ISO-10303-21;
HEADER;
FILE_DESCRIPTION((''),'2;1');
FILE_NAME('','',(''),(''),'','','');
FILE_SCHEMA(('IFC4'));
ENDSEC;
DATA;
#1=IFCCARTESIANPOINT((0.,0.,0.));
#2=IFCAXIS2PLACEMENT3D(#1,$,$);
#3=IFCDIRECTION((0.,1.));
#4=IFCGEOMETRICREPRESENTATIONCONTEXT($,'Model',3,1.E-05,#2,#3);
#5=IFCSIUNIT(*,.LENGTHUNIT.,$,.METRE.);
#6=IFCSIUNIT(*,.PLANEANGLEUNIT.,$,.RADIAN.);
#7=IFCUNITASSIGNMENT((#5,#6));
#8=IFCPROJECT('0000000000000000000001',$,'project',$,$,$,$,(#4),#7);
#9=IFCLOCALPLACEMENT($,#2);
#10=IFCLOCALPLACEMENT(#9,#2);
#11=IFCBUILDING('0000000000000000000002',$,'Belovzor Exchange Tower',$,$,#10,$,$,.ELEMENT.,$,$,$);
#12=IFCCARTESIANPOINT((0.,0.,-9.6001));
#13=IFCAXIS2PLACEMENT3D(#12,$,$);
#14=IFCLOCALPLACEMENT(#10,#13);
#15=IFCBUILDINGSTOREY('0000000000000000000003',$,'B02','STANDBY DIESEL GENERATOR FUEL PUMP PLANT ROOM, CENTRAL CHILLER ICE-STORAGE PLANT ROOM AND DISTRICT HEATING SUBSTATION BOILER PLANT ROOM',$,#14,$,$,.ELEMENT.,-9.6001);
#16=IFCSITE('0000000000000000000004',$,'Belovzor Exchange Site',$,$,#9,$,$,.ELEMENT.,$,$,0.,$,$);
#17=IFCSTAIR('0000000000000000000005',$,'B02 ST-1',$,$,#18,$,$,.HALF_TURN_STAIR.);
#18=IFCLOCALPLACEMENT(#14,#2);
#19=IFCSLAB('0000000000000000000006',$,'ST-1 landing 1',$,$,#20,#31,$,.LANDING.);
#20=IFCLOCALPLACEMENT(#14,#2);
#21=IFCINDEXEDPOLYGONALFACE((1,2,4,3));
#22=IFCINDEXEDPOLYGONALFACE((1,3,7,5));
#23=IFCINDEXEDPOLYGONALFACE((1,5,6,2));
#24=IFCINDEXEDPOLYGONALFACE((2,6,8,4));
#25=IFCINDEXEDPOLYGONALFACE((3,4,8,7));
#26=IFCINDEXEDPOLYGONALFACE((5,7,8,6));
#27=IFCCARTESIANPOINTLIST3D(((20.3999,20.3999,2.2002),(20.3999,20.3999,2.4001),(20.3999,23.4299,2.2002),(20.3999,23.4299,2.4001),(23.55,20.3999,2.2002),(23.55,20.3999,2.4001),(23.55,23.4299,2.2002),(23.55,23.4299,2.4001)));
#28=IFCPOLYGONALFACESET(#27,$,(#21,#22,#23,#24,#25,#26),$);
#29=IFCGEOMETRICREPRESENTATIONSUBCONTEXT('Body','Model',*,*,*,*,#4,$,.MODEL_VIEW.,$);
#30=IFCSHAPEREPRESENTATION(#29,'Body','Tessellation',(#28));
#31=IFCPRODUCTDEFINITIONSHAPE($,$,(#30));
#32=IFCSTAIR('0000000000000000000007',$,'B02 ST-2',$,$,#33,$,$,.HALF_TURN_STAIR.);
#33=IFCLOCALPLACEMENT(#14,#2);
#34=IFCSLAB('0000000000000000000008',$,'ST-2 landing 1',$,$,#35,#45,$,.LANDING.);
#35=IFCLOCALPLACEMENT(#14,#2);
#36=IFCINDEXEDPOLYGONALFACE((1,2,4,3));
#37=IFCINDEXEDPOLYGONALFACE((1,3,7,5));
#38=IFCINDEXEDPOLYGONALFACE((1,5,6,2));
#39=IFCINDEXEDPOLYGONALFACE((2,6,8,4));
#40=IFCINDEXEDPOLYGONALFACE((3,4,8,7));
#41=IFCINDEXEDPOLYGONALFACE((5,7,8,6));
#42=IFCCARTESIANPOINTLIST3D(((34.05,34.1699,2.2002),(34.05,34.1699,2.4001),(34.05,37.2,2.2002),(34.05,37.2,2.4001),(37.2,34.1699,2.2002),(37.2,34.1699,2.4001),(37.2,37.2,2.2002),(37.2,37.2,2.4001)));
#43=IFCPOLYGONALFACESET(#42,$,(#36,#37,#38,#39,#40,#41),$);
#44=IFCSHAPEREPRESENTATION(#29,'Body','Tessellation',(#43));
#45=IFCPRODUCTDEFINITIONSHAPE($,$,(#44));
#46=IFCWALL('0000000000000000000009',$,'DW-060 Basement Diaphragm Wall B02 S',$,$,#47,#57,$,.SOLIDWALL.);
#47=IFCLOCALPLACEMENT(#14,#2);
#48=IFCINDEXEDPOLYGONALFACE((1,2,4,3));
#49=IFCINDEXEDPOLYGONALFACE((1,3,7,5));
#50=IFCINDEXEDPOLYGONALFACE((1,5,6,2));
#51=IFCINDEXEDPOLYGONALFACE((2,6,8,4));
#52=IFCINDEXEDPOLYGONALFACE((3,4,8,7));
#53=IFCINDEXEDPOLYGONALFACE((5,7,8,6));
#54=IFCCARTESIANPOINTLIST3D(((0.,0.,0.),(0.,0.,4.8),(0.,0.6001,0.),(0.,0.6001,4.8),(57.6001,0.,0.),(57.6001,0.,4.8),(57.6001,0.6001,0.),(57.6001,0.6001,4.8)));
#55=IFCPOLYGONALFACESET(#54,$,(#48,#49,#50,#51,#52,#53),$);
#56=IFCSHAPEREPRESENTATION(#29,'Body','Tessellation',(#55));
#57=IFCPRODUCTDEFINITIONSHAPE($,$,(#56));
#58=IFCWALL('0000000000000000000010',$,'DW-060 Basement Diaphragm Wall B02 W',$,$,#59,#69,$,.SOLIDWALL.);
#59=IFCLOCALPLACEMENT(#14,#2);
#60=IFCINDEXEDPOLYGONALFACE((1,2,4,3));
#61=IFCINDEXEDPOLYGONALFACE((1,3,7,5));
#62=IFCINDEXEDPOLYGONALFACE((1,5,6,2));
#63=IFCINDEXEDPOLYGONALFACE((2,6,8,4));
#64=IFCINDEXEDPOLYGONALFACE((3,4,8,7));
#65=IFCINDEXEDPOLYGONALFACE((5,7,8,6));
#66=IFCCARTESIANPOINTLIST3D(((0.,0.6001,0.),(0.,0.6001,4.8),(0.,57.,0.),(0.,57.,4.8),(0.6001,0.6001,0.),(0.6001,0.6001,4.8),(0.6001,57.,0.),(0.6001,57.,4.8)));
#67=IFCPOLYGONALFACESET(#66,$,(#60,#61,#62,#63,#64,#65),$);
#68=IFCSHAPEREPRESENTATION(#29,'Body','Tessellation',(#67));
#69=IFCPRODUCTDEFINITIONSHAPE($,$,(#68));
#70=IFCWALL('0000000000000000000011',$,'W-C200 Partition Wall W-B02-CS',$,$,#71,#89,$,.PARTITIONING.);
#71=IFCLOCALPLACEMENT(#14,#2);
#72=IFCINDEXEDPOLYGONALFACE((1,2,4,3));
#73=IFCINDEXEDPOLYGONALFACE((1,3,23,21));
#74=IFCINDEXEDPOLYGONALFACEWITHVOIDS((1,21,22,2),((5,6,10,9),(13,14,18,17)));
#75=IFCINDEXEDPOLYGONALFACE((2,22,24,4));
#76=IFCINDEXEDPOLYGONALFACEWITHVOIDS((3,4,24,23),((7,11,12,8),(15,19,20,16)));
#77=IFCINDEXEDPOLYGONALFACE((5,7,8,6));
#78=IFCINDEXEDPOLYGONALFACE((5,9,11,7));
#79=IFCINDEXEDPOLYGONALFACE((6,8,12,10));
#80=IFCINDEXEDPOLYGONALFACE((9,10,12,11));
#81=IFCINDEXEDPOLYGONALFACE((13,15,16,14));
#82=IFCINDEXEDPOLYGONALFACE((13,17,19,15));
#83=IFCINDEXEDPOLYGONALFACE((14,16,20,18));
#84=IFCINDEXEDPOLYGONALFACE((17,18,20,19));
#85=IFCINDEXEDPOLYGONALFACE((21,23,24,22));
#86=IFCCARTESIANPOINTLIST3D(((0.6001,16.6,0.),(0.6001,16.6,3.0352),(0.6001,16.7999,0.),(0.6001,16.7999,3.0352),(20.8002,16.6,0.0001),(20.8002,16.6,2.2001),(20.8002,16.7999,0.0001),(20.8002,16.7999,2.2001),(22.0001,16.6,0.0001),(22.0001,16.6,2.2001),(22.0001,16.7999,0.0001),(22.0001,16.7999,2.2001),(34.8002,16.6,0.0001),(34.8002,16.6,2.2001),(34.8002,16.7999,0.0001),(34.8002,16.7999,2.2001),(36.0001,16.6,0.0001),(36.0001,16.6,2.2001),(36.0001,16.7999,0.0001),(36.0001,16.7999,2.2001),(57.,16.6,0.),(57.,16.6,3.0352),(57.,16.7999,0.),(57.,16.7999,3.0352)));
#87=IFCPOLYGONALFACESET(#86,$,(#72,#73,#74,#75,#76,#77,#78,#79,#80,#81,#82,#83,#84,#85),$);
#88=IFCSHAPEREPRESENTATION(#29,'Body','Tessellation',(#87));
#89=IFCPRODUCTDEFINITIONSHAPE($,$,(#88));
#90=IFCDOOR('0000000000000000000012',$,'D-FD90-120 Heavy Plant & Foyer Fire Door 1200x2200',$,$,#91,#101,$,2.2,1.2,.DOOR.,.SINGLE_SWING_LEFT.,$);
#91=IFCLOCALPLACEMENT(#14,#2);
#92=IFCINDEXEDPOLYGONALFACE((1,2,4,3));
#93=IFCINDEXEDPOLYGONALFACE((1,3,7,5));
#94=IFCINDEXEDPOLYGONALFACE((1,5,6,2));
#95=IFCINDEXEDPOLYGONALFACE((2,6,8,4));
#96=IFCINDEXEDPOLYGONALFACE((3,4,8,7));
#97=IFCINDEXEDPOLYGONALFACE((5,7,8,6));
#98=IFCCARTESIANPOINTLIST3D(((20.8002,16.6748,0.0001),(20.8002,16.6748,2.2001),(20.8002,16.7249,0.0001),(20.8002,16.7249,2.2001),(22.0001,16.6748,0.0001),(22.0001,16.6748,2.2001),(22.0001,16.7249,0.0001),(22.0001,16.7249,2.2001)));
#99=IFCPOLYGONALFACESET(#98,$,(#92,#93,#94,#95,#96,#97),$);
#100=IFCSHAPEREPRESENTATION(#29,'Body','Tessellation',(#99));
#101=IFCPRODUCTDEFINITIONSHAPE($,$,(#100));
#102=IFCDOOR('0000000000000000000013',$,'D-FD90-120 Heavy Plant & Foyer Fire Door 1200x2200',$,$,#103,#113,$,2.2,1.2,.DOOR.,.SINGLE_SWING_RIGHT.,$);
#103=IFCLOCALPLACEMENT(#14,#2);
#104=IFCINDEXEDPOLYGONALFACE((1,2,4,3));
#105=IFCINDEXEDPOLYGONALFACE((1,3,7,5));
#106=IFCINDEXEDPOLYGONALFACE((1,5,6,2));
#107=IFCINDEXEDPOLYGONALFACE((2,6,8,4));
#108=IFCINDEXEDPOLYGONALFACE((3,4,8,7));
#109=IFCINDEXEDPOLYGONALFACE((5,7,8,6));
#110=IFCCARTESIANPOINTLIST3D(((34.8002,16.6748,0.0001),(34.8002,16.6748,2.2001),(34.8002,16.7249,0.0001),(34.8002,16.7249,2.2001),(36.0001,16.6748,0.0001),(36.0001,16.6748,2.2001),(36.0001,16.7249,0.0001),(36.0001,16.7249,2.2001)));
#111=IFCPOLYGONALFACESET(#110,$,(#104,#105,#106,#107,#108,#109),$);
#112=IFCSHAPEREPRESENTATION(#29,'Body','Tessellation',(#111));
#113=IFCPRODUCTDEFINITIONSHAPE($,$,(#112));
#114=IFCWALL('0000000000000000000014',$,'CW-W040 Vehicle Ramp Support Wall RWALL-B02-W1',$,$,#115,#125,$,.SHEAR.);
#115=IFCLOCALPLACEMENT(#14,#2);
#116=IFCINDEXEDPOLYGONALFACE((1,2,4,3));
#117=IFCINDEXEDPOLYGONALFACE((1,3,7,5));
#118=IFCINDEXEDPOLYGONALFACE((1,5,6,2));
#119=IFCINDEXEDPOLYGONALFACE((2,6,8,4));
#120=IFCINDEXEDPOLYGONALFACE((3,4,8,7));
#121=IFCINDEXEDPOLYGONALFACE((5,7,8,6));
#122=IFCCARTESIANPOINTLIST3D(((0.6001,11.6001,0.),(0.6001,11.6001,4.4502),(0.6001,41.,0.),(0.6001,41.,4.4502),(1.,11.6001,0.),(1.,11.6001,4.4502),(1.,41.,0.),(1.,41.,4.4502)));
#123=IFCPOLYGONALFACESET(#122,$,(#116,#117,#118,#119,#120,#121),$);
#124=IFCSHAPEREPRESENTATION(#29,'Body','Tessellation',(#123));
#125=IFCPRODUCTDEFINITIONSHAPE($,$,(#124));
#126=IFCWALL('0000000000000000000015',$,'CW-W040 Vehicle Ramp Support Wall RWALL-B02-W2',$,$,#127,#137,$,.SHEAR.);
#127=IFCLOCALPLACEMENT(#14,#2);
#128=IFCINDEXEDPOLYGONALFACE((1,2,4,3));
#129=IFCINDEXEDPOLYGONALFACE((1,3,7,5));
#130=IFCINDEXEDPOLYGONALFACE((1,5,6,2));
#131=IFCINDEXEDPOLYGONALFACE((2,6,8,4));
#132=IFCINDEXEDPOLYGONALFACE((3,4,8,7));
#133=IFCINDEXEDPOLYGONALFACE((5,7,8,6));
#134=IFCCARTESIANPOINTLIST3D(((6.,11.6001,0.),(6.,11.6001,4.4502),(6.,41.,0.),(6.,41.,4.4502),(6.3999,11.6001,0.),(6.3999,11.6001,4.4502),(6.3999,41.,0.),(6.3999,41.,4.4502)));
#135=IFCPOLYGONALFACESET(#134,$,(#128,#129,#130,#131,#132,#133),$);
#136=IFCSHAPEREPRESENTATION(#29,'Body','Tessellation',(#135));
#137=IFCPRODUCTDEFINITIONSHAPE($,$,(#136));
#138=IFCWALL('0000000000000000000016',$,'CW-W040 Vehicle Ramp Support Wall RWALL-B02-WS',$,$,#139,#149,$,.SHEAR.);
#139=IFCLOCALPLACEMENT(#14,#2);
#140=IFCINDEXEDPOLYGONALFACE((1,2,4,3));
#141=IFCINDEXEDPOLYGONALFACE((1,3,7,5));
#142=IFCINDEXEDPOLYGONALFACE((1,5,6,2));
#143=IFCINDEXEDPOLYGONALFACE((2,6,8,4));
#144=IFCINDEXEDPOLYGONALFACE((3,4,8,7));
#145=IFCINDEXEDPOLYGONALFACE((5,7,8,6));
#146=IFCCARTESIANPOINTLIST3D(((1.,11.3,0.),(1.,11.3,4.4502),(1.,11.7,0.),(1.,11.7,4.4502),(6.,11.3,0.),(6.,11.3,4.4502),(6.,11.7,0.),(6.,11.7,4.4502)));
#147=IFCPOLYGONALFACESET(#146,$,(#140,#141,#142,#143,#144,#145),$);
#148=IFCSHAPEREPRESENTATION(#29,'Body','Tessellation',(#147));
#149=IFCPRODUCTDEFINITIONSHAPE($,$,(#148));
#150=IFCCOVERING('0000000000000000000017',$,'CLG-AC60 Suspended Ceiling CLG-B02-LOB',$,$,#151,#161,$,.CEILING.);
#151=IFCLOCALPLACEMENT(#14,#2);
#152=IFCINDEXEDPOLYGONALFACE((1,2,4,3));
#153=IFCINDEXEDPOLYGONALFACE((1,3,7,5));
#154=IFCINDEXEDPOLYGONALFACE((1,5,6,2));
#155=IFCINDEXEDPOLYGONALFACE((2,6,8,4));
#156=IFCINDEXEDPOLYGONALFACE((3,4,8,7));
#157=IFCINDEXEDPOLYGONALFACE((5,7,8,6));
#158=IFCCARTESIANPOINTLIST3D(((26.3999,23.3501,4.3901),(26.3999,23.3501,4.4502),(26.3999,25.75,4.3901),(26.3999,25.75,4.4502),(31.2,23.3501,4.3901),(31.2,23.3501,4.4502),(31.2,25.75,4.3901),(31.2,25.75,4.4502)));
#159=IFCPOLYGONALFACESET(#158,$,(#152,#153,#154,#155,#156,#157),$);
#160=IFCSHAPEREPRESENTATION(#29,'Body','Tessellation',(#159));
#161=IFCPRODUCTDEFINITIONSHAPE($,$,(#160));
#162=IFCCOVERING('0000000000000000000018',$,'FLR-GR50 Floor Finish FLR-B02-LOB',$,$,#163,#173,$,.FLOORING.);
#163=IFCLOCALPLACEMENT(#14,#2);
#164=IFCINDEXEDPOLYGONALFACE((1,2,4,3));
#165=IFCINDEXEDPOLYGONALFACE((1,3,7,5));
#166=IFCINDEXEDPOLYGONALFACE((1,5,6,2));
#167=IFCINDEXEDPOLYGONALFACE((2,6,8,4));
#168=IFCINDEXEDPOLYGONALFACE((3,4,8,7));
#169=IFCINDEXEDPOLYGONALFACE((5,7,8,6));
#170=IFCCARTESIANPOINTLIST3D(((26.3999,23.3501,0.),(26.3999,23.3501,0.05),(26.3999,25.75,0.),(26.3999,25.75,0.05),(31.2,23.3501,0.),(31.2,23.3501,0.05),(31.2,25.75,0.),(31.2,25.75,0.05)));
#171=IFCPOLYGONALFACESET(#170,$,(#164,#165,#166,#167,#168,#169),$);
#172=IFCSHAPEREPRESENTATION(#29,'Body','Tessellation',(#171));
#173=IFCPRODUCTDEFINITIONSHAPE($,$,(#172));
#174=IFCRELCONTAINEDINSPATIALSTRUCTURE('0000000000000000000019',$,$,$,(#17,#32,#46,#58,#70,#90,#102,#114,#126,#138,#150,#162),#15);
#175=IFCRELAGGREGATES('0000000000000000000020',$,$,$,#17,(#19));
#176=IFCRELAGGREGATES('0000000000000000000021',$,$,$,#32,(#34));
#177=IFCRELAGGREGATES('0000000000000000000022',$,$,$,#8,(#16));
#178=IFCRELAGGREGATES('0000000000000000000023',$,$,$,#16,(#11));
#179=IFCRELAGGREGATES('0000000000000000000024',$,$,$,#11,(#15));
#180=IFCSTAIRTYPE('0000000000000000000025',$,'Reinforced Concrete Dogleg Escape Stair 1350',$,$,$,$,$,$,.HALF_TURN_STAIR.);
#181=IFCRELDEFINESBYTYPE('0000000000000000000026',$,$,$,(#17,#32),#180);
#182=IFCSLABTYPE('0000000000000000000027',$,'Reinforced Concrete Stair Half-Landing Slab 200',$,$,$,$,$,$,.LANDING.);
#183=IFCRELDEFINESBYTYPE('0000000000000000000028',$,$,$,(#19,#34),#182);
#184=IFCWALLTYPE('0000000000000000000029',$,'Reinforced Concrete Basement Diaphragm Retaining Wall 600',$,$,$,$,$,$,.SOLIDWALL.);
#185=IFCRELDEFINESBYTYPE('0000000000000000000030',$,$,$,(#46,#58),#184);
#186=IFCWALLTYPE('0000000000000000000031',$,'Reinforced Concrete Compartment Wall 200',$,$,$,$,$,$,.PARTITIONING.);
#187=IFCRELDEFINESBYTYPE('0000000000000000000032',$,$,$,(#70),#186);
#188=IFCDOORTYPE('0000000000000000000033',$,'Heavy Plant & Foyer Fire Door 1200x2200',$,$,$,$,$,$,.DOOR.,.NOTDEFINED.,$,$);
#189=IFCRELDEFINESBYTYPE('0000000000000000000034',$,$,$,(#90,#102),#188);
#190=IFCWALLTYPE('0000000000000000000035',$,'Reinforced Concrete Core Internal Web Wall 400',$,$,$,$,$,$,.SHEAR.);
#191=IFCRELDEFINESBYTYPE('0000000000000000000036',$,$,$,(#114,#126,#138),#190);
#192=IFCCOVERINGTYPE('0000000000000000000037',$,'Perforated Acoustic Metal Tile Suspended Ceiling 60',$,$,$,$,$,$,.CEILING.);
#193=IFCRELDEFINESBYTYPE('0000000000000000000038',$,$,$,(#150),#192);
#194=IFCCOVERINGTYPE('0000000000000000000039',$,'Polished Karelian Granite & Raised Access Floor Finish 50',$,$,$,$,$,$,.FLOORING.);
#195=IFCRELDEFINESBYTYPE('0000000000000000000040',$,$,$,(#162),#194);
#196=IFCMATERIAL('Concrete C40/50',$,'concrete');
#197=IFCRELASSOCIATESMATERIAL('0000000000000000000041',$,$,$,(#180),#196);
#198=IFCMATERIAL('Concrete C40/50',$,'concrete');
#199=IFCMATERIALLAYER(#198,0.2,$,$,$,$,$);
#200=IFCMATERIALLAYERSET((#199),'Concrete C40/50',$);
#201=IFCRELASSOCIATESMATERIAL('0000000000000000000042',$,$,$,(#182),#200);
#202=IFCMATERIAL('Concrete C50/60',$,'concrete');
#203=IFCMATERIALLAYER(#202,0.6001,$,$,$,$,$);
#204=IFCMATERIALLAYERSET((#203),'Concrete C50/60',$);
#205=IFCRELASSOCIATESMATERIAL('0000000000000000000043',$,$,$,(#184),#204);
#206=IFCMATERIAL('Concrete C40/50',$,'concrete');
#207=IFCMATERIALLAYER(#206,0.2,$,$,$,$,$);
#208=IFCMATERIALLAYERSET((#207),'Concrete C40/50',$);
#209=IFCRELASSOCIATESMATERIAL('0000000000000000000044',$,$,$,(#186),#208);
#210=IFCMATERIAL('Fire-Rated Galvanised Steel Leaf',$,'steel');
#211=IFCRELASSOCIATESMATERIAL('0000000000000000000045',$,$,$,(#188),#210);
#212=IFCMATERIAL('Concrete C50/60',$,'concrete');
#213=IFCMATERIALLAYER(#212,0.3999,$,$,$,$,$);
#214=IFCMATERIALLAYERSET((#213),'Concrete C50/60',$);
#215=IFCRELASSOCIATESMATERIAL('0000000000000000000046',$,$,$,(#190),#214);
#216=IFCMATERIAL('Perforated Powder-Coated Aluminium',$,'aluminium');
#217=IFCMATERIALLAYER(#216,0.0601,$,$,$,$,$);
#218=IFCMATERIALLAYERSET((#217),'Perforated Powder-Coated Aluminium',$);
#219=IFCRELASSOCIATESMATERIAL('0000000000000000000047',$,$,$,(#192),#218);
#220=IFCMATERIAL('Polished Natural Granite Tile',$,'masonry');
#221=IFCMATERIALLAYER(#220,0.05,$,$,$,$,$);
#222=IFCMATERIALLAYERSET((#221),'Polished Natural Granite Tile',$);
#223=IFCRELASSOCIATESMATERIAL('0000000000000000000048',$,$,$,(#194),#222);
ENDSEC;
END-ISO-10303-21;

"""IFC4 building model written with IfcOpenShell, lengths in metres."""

from ifc_helpers import new_model, si_unit, direction, frame, frame_2d, origin, place, context, subcontext, project, spatial, polyline, rectangle, outline, extrude, material, layer, layer_set, type_object, element, fill, aggregate, save


model = new_model("IFC4")

# Units and contexts
model_context = context("Model", 3, precision=1e-05, world=origin(), true_north=direction((0.0, 1.0)))
body_context = subcontext(model_context, "Body", "Model", "MODEL_VIEW")
ifc_project = project(units=[si_unit("LENGTHUNIT", "METRE"), si_unit("PLANEANGLEUNIT", "RADIAN")], contexts=[model_context])

# Site, building, storey
site_placement = place(None, origin())
site = spatial("IfcSite", under=ifc_project, at=site_placement, Name="Belovzor Exchange Site", CompositionType="ELEMENT", RefElevation=0.0)
building_placement = place(site_placement, origin())
building = spatial("IfcBuilding", under=site, at=building_placement, Name="Belovzor Exchange Tower", CompositionType="ELEMENT")
storey_placement = place(building_placement, frame((0.0, 0.0, -9.6001)))
storey = spatial("IfcBuildingStorey", under=building, at=storey_placement, Name="B02", Description="STANDBY DIESEL GENERATOR FUEL PUMP PLANT ROOM, CENTRAL CHILLER ICE-STORAGE PLANT ROOM AND DISTRICT HEATING SUBSTATION BOILER PLANT ROOM", CompositionType="ELEMENT", Elevation=-9.6001)

# Stairs, slabs
ifc_material_1 = material(Name="Concrete C40/50", Category="concrete")
stair_type = type_object("IfcStairType", Name="Reinforced Concrete Dogleg Escape Stair 1350", PredefinedType="HALF_TURN_STAIR", material=ifc_material_1)
stair_1_placement = place(storey_placement, origin())
stair_1 = element("IfcStair", 1, at=stair_1_placement, inside=storey, type_object=stair_type, Name="B02 ST-1", PredefinedType="HALF_TURN_STAIR")
ifc_material_2 = material(Name="Concrete C40/50", Category="concrete")
ifc_layer_1 = layer(ifc_material_2, 0.2)
ifc_layer_set_1 = layer_set([ifc_layer_1], Name="Concrete C40/50")
slab_type_1 = type_object("IfcSlabType", Name="Reinforced Concrete Stair Half-Landing Slab 200", PredefinedType="LANDING", material=ifc_layer_set_1)
slab_1_placement = place(storey_placement, frame((0.0, 0.0, 2.2002)))
slab_1 = element("IfcSlab", 2, at=slab_1_placement, type_object=slab_type_1, Name="ST-1 landing 1", PredefinedType="LANDING", context=body_context, shape_type="SweptSolid", body=[
    extrude(outline(polyline([(20.3999, 23.4299), (20.3999, 20.3999), (23.55, 20.3999), (23.55, 23.4299), (20.3999, 23.4299)])), origin(), (0.0, 0.0, 1.0), 0.2),
])
aggregate(stair_1, [slab_1])
stair_2_placement = place(storey_placement, origin())
stair_2 = element("IfcStair", 3, at=stair_2_placement, inside=storey, type_object=stair_type, Name="B02 ST-2", PredefinedType="HALF_TURN_STAIR")
slab_2_placement = place(storey_placement, frame((0.0, 0.0, 2.2002)))
slab_2 = element("IfcSlab", 4, at=slab_2_placement, type_object=slab_type_1, Name="ST-2 landing 1", PredefinedType="LANDING", context=body_context, shape_type="SweptSolid", body=[
    extrude(outline(polyline([(37.2, 34.1699), (37.2, 37.2), (34.05, 37.2), (34.05, 34.1699), (37.2, 34.1699)])), origin(), (0.0, 0.0, 1.0), 0.2),
])
aggregate(stair_2, [slab_2])

# Walls
ifc_material_3 = material(Name="Concrete C50/60", Category="concrete")
ifc_layer_2 = layer(ifc_material_3, 0.6001)
ifc_layer_set_2 = layer_set([ifc_layer_2], Name="Concrete C50/60")
wall_type_1 = type_object("IfcWallType", Name="Reinforced Concrete Basement Diaphragm Retaining Wall 600", PredefinedType="SOLIDWALL", material=ifc_layer_set_2)
wall_1_placement = place(storey_placement, frame((0.0, 0.3, 0.0), z_axis=(0.0, 0.0, 1.0), x_axis=(1.0, 0.0, 0.0)))
element("IfcWall", 5, at=wall_1_placement, inside=storey, type_object=wall_type_1, Name="DW-060 Basement Diaphragm Wall B02 S", PredefinedType="SOLIDWALL", context=body_context, shape_type="SweptSolid", body=[
    extrude(rectangle(XDim=57.6001, YDim=0.6001, at=frame_2d((28.8, 0.0))), origin(), (0.0, 0.0, 1.0), 4.8),
])
wall_2_placement = place(storey_placement, frame((0.3, 0.6001, 0.0), z_axis=(0.0, 0.0, 1.0), x_axis=(0.0, 1.0, 0.0)))
element("IfcWall", 6, at=wall_2_placement, inside=storey, type_object=wall_type_1, Name="DW-060 Basement Diaphragm Wall B02 W", PredefinedType="SOLIDWALL", context=body_context, shape_type="SweptSolid", body=[
    extrude(rectangle(XDim=56.3999, YDim=0.6001, at=frame_2d((28.2, 0.0))), origin(), (0.0, 0.0, 1.0), 4.8),
])

# Wall, openings, doors
ifc_material_4 = material(Name="Concrete C40/50", Category="concrete")
ifc_layer_3 = layer(ifc_material_4, 0.2)
ifc_layer_set_3 = layer_set([ifc_layer_3], Name="Concrete C40/50")
wall_type_2 = type_object("IfcWallType", Name="Reinforced Concrete Compartment Wall 200", PredefinedType="PARTITIONING", material=ifc_layer_set_3)
wall_3_placement = place(storey_placement, frame((0.6001, 16.7, 0.0), z_axis=(0.0, 0.0, 1.0), x_axis=(1.0, 0.0, 0.0)))
wall_3 = element("IfcWall", 7, at=wall_3_placement, inside=storey, type_object=wall_type_2, Name="W-C200 Partition Wall W-B02-CS", PredefinedType="PARTITIONING", context=body_context, shape_type="SweptSolid", body=[
    extrude(rectangle(XDim=56.3999, YDim=0.2, at=frame_2d((28.2, 0.0))), origin(), (0.0, 0.0, 1.0), 3.0352),
])
opening_1_placement = place(wall_3_placement, frame((20.2, 0.0, 0.0)))
opening_1 = element("IfcOpeningElement", 8, at=opening_1_placement, cuts=wall_3, PredefinedType="OPENING", context=body_context, shape_type="SweptSolid", body=[
    extrude(rectangle(XDim=1.2, YDim=2.2, at=frame_2d((0.6001, 1.1001))), frame((0.0, 0.1099, 0.0), z_axis=(0.0, -1.0, 0.0), x_axis=(1.0, 0.0, 0.0)), (0.0, 0.0, 1.0), 0.22),
])
opening_2_placement = place(wall_3_placement, frame((34.2, 0.0, 0.0)))
opening_2 = element("IfcOpeningElement", 9, at=opening_2_placement, cuts=wall_3, PredefinedType="OPENING", context=body_context, shape_type="SweptSolid", body=[
    extrude(rectangle(XDim=1.2, YDim=2.2, at=frame_2d((0.6001, 1.1001))), frame((0.0, 0.1099, 0.0), z_axis=(0.0, -1.0, 0.0), x_axis=(1.0, 0.0, 0.0)), (0.0, 0.0, 1.0), 0.22),
])
ifc_material_5 = material(Name="Fire-Rated Galvanised Steel Leaf", Category="steel")
door_type = type_object("IfcDoorType", Name="Heavy Plant & Foyer Fire Door 1200x2200", OperationType="NOTDEFINED", PredefinedType="DOOR", material=ifc_material_5)
door_1_placement = place(opening_1_placement, origin())
door_1 = element("IfcDoor", 10, at=door_1_placement, inside=storey, type_object=door_type, Name="D-FD90-120 Heavy Plant & Foyer Fire Door 1200x2200", OperationType="SINGLE_SWING_LEFT", OverallHeight=2.2, OverallWidth=1.2, PredefinedType="DOOR", context=body_context, shape_type="SweptSolid", body=[
    extrude(rectangle(XDim=1.2, YDim=2.2, at=frame_2d((0.6001, 1.1001))), frame((0.0, 0.0249, 0.0), z_axis=(0.0, -1.0, 0.0), x_axis=(1.0, 0.0, 0.0)), (0.0, 0.0, 1.0), 0.05),
])
fill(opening_1, door_1)
door_2_placement = place(opening_2_placement, origin())
door_2 = element("IfcDoor", 11, at=door_2_placement, inside=storey, type_object=door_type, Name="D-FD90-120 Heavy Plant & Foyer Fire Door 1200x2200", OperationType="SINGLE_SWING_RIGHT", OverallHeight=2.2, OverallWidth=1.2, PredefinedType="DOOR", context=body_context, shape_type="SweptSolid", body=[
    extrude(rectangle(XDim=1.2, YDim=2.2, at=frame_2d((0.6001, 1.1001))), frame((0.0, 0.0249, 0.0), z_axis=(0.0, -1.0, 0.0), x_axis=(1.0, 0.0, 0.0)), (0.0, 0.0, 1.0), 0.05),
])
fill(opening_2, door_2)

# Walls
ifc_material_6 = material(Name="Concrete C50/60", Category="concrete")
ifc_layer_4 = layer(ifc_material_6, 0.3999)
ifc_layer_set_4 = layer_set([ifc_layer_4], Name="Concrete C50/60")
wall_type_3 = type_object("IfcWallType", Name="Reinforced Concrete Core Internal Web Wall 400", PredefinedType="SHEAR", material=ifc_layer_set_4)
for number, where, z_axis, x_axis, name in (
    (12, (0.8, 11.6001, 0.0), (0.0, 0.0, 1.0), (0.0, 1.0, 0.0), "CW-W040 Vehicle Ramp Support Wall RWALL-B02-W1"),
    (13, (6.2, 11.6001, 0.0), (0.0, 0.0, 1.0), (0.0, 1.0, 0.0), "CW-W040 Vehicle Ramp Support Wall RWALL-B02-W2"),
):
    element("IfcWall", number, at=place(storey_placement, frame(where, z_axis=z_axis, x_axis=x_axis)), inside=storey, type_object=wall_type_3, Name=name, PredefinedType="SHEAR", context=body_context, shape_type="SweptSolid", body=[
        extrude(rectangle(XDim=29.3999, YDim=0.3999, at=frame_2d((14.7, 0.0))), origin(), (0.0, 0.0, 1.0), 4.4502),
    ])
wall_4_placement = place(storey_placement, frame((1.0, 11.5, 0.0), z_axis=(0.0, 0.0, 1.0), x_axis=(1.0, 0.0, 0.0)))
element("IfcWall", 14, at=wall_4_placement, inside=storey, type_object=wall_type_3, Name="CW-W040 Vehicle Ramp Support Wall RWALL-B02-WS", PredefinedType="SHEAR", context=body_context, shape_type="SweptSolid", body=[
    extrude(rectangle(XDim=5.0, YDim=0.3999, at=frame_2d((2.5, 0.0))), origin(), (0.0, 0.0, 1.0), 4.4502),
])

# Coverings
ifc_material_7 = material(Name="Perforated Powder-Coated Aluminium", Category="aluminium")
ifc_layer_5 = layer(ifc_material_7, 0.0601)
ifc_layer_set_5 = layer_set([ifc_layer_5], Name="Perforated Powder-Coated Aluminium")
covering_type_1 = type_object("IfcCoveringType", Name="Perforated Acoustic Metal Tile Suspended Ceiling 60", PredefinedType="CEILING", material=ifc_layer_set_5)
covering_1_placement = place(storey_placement, frame((0.0, 0.0, 4.3901)))
element("IfcCovering", 15, at=covering_1_placement, inside=storey, type_object=covering_type_1, Name="CLG-AC60 Suspended Ceiling CLG-B02-LOB", PredefinedType="CEILING", context=body_context, shape_type="SweptSolid", body=[
    extrude(outline(polyline([(26.3999, 23.3501), (31.2, 23.3501), (31.2, 25.75), (26.3999, 25.75), (26.3999, 23.3501)])), origin(), (0.0, 0.0, 1.0), 0.0601),
])
ifc_material_8 = material(Name="Polished Natural Granite Tile", Category="masonry")
ifc_layer_6 = layer(ifc_material_8, 0.05)
ifc_layer_set_6 = layer_set([ifc_layer_6], Name="Polished Natural Granite Tile")
covering_type_2 = type_object("IfcCoveringType", Name="Polished Karelian Granite & Raised Access Floor Finish 50", PredefinedType="FLOORING", material=ifc_layer_set_6)
covering_2_placement = place(storey_placement, origin())
element("IfcCovering", 16, at=covering_2_placement, inside=storey, type_object=covering_type_2, Name="FLR-GR50 Floor Finish FLR-B02-LOB", PredefinedType="FLOORING", context=body_context, shape_type="SweptSolid", body=[
    extrude(outline(polyline([(26.3999, 23.3501), (31.2, 23.3501), (31.2, 25.75), (26.3999, 25.75), (26.3999, 23.3501)])), origin(), (0.0, 0.0, 1.0), 0.05),
])

save(model, "model.ifc")
